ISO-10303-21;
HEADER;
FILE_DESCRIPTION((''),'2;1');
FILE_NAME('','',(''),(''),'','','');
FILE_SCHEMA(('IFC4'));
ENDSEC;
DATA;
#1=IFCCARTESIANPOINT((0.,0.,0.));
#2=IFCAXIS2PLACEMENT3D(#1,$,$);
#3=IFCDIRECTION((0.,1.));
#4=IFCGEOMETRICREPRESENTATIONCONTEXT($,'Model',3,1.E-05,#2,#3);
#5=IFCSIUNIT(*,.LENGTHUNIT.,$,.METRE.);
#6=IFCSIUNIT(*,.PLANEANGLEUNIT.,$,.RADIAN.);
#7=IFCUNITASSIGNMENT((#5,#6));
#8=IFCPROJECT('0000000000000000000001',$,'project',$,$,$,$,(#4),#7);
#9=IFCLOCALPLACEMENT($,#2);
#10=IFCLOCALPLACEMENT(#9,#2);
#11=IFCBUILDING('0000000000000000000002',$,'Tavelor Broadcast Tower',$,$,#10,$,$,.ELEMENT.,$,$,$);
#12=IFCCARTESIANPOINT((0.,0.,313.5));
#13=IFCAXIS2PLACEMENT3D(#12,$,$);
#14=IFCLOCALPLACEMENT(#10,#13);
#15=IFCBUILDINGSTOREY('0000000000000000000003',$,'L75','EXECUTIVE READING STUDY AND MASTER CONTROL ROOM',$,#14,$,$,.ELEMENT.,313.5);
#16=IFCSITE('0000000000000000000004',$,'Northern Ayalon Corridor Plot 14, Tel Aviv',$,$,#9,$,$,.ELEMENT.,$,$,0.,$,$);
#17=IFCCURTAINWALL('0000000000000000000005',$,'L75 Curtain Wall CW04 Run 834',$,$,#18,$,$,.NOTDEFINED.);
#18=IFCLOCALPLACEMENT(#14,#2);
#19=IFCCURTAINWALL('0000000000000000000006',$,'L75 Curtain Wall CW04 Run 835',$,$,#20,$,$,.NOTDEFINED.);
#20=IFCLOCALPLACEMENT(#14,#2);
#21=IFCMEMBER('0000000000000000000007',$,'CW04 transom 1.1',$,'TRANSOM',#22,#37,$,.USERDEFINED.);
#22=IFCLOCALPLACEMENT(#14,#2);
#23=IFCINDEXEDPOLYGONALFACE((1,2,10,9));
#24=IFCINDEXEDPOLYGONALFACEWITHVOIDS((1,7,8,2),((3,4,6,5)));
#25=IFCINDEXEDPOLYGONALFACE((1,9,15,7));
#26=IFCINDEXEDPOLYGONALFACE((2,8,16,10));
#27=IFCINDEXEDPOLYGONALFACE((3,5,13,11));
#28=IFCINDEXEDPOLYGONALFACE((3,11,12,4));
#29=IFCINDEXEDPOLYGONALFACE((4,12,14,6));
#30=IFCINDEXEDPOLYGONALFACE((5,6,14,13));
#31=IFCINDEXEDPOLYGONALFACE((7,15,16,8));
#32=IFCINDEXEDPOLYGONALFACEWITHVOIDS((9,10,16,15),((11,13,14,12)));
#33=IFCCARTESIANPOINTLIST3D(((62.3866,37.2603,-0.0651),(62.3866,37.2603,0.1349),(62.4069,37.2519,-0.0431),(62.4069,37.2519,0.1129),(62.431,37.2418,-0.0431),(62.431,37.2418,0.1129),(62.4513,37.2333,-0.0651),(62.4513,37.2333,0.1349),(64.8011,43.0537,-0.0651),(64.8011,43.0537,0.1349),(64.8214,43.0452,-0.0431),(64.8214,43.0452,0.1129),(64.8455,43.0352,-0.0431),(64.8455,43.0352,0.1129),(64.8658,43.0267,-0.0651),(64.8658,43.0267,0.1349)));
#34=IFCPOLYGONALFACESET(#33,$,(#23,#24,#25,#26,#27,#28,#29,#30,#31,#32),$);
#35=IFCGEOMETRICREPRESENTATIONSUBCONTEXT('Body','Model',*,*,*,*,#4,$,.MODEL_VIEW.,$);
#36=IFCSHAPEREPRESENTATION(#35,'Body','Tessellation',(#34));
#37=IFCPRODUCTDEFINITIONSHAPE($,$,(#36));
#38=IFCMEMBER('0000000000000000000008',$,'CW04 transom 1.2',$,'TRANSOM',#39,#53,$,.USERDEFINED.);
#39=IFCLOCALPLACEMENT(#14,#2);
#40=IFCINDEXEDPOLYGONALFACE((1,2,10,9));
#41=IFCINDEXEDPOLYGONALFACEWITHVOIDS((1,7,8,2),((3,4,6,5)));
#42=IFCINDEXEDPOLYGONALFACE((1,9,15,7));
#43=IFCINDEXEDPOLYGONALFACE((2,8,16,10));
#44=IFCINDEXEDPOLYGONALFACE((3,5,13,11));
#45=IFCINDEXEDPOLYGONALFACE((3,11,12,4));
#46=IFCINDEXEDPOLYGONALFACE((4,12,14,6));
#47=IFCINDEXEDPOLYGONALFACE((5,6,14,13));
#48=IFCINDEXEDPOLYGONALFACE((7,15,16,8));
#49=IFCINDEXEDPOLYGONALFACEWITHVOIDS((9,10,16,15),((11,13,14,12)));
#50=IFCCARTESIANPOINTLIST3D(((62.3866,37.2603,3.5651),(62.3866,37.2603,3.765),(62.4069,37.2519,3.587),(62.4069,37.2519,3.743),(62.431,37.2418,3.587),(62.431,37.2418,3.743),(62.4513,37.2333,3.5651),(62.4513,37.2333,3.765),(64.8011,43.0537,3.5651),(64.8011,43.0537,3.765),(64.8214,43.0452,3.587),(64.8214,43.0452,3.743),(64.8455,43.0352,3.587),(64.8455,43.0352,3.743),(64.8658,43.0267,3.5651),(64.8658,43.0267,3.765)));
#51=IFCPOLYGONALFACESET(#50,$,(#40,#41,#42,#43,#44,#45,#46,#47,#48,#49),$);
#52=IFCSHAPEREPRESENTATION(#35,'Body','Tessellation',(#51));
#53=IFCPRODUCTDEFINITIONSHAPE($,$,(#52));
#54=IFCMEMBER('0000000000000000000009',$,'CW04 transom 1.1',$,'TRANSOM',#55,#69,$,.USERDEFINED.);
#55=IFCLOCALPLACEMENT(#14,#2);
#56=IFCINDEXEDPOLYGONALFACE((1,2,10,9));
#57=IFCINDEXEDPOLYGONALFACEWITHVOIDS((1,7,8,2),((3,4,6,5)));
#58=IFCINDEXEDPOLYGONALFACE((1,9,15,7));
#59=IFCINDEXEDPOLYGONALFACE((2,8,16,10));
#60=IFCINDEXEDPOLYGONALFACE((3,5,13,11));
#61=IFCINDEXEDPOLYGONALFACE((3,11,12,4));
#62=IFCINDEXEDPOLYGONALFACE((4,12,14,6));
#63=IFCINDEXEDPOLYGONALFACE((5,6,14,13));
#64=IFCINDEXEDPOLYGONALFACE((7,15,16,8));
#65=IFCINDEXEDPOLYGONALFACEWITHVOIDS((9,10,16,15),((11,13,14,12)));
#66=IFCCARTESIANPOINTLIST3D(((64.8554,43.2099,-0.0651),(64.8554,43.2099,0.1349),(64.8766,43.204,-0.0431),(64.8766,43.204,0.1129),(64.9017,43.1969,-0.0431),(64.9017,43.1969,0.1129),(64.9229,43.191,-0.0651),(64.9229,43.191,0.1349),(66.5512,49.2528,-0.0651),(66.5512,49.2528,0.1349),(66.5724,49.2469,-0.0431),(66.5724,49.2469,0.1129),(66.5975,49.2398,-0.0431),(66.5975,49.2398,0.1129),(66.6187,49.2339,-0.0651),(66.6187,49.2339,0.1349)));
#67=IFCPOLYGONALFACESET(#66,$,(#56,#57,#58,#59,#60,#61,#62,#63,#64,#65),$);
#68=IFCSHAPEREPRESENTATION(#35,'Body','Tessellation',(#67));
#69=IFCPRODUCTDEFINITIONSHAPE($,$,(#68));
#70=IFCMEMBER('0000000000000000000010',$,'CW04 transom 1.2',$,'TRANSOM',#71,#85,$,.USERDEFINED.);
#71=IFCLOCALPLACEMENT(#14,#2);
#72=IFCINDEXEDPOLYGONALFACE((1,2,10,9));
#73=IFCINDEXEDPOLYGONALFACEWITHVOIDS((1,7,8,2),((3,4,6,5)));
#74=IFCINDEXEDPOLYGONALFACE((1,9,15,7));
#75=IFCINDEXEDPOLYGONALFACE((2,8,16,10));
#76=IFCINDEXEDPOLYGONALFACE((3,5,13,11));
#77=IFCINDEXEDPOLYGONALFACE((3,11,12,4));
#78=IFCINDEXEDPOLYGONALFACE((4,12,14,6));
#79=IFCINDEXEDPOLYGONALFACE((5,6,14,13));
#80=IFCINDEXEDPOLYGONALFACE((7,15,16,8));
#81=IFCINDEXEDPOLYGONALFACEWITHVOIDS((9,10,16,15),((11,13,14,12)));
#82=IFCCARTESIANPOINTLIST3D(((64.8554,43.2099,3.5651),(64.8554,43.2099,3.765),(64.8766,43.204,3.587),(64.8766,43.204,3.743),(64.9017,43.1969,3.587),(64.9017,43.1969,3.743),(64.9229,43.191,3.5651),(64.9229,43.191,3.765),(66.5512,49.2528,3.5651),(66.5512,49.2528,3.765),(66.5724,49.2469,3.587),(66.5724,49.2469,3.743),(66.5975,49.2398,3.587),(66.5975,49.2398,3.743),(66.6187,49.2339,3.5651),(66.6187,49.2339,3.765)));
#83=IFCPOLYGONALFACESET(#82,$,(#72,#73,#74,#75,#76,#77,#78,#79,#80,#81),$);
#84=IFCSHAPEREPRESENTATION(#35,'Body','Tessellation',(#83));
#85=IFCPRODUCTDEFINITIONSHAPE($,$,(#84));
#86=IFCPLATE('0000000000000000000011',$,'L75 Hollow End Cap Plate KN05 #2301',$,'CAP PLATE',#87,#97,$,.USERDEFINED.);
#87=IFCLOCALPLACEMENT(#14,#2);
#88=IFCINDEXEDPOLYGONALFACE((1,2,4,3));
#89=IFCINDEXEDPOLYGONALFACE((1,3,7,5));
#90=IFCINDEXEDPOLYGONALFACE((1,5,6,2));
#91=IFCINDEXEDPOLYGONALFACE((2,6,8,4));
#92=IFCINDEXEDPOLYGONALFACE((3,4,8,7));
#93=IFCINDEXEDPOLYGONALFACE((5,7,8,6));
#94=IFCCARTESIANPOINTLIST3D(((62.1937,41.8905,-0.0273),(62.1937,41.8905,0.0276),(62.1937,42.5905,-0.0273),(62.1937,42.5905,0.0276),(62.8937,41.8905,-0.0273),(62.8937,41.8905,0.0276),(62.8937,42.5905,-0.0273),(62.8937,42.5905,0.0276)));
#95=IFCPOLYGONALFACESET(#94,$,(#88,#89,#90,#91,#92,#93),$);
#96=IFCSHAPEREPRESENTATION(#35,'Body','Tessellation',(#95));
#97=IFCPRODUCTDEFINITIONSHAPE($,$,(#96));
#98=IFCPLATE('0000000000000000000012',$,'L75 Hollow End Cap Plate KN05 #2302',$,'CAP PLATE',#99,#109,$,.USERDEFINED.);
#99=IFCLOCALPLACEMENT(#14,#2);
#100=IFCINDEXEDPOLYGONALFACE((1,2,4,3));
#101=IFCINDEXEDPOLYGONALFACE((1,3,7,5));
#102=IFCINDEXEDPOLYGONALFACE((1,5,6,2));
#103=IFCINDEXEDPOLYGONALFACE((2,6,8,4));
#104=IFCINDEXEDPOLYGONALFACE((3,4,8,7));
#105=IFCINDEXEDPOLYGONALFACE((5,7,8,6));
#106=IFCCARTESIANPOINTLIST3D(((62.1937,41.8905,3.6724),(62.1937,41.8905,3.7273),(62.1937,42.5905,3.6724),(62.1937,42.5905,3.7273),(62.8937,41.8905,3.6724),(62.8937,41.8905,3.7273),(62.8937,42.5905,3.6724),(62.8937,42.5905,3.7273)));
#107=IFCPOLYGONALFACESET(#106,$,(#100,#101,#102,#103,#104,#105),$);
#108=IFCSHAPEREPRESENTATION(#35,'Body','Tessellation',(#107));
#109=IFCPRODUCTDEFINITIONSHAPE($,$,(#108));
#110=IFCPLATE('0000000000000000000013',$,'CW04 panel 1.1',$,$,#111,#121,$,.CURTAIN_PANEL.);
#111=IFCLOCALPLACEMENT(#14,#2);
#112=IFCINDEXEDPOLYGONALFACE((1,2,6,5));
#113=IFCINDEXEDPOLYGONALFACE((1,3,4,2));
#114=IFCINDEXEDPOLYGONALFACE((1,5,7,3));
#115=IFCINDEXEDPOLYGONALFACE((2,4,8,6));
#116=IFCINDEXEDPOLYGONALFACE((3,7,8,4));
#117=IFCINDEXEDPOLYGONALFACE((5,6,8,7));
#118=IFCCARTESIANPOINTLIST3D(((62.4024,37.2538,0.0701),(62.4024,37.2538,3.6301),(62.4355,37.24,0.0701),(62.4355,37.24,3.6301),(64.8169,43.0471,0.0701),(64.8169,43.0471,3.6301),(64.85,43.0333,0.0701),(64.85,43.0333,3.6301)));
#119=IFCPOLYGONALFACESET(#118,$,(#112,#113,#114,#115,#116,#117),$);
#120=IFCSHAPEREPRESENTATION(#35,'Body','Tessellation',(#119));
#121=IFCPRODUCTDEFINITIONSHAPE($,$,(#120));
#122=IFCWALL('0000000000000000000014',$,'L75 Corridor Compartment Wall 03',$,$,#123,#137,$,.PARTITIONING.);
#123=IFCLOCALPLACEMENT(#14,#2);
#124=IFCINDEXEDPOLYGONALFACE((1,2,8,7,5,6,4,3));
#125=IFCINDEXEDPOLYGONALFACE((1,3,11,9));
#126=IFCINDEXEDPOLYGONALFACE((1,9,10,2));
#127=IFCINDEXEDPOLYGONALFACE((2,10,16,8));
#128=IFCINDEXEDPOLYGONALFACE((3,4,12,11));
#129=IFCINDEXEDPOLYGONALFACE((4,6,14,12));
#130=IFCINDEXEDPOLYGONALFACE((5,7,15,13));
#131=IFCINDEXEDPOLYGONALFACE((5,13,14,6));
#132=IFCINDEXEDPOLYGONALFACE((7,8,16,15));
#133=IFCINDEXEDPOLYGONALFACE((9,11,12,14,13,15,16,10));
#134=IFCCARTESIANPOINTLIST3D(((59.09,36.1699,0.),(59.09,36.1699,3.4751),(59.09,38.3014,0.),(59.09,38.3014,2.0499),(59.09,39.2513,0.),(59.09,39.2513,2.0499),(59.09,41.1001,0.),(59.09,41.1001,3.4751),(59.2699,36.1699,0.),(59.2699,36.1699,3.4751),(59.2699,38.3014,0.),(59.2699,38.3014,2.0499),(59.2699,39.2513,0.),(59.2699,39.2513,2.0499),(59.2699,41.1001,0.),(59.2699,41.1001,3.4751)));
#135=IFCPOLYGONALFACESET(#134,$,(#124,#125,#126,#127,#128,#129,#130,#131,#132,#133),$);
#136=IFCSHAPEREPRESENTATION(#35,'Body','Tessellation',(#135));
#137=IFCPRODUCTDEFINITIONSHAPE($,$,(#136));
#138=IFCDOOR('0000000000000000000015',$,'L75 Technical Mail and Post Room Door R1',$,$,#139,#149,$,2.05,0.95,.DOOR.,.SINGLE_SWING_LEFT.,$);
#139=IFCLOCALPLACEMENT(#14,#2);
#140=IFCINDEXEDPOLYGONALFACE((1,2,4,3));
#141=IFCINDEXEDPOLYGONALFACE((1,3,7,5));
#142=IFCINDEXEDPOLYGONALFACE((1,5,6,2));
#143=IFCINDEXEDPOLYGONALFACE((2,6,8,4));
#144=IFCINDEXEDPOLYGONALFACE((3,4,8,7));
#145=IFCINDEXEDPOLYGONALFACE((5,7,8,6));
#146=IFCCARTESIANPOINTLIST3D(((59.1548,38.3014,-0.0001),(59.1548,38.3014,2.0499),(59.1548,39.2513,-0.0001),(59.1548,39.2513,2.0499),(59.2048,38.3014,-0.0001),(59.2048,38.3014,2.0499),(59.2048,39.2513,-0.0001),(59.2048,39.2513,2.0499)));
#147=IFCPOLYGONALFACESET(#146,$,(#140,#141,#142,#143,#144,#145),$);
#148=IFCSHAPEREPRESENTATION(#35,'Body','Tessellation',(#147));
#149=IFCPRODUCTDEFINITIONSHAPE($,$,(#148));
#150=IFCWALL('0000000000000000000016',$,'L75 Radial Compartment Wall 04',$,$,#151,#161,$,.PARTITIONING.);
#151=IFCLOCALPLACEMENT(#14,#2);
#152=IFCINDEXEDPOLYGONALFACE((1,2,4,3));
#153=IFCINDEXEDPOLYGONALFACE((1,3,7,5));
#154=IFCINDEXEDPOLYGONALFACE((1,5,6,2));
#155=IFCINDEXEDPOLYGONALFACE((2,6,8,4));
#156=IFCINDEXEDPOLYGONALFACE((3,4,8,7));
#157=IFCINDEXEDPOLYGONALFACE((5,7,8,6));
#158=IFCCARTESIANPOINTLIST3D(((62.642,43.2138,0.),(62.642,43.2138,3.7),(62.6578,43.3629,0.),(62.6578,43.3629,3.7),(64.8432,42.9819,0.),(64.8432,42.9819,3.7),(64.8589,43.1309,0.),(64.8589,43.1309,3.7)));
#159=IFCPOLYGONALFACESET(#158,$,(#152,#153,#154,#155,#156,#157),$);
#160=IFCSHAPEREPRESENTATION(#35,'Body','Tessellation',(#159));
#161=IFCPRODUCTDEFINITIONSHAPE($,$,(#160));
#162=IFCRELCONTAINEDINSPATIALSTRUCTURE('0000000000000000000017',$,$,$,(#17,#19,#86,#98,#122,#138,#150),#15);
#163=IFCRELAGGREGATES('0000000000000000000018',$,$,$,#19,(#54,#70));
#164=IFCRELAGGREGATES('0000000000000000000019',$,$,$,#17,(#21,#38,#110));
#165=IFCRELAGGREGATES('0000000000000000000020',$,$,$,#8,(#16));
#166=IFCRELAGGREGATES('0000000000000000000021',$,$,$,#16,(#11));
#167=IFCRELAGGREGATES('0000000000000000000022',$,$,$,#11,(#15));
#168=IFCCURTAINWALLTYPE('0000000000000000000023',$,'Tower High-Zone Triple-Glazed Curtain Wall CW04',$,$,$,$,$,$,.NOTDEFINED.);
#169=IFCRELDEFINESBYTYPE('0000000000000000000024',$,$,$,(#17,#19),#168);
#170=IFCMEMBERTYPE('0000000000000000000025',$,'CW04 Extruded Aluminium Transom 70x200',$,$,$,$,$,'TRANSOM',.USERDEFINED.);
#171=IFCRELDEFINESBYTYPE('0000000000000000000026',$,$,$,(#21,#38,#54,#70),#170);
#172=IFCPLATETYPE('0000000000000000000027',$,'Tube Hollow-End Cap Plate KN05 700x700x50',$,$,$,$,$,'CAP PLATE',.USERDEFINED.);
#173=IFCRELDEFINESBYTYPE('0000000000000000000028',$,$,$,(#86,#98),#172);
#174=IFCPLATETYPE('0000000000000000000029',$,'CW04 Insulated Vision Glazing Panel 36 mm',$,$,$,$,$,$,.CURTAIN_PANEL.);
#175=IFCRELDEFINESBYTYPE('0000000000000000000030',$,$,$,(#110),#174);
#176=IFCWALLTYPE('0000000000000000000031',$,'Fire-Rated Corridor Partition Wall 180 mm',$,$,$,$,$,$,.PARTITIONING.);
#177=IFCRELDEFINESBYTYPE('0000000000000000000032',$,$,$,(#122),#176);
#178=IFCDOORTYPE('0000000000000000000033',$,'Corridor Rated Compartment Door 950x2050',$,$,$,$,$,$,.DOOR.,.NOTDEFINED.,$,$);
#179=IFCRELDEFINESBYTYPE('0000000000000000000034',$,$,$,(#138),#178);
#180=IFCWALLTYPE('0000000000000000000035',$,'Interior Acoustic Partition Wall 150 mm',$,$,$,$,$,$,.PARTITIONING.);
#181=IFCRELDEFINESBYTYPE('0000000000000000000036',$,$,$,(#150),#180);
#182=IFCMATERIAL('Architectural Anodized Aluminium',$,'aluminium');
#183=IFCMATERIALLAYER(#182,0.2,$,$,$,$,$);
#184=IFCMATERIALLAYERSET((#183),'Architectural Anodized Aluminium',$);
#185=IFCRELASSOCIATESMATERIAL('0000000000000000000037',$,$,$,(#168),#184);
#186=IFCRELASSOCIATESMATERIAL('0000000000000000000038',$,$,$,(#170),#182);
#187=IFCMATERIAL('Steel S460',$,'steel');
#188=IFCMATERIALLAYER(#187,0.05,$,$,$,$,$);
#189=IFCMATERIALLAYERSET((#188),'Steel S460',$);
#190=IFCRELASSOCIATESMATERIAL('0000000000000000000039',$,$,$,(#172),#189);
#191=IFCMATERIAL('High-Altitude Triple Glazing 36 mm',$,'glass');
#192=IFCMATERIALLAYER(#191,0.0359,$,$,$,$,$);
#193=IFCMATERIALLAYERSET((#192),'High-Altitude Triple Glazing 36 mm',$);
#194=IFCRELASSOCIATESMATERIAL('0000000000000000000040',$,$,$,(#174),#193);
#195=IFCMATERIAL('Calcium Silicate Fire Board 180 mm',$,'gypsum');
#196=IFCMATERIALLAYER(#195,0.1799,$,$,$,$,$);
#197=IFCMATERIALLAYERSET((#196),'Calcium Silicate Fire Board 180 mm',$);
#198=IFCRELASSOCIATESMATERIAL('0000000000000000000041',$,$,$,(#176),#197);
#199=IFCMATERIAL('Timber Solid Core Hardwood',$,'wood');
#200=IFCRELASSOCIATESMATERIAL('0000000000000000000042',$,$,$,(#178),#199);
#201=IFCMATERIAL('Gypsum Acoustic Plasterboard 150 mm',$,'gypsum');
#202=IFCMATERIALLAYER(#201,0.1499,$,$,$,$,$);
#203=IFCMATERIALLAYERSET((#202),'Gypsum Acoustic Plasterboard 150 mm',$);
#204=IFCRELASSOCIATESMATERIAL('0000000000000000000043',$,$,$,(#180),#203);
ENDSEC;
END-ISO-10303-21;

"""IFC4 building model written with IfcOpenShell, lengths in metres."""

from ifc_helpers import new_model, si_unit, direction, frame, frame_2d, origin, origin_2d, place, context, subcontext, project, spatial, rectangle, hollow_rectangle, extrude, source, transform, mapped, material, layer, layer_set, material_profile, profile_set, type_object, type_shapes, element, fill, aggregate, save


model = new_model("IFC4")

# Units and contexts
model_context = context("Model", 3, precision=1e-05, world=origin(), true_north=direction((0.0, 1.0)))
body_context = subcontext(model_context, "Body", "Model", "MODEL_VIEW")
ifc_project = project(units=[si_unit("LENGTHUNIT", "METRE"), si_unit("PLANEANGLEUNIT", "RADIAN")], contexts=[model_context])

# Site, building, storey
site_placement = place(None, origin())
site = spatial("IfcSite", under=ifc_project, at=site_placement, Name="Northern Ayalon Corridor Plot 14, Tel Aviv", CompositionType="ELEMENT", RefElevation=0.0)
building_placement = place(site_placement, origin())
building = spatial("IfcBuilding", under=site, at=building_placement, Name="Tavelor Broadcast Tower", CompositionType="ELEMENT")
storey_placement = place(building_placement, frame((0.0, 0.0, 313.5)))
storey = spatial("IfcBuildingStorey", under=building, at=storey_placement, Name="L75", Description="EXECUTIVE READING STUDY AND MASTER CONTROL ROOM", CompositionType="ELEMENT", Elevation=313.5)

# Shared definitions
ifc_material_1 = material(Name="Steel S460", Category="steel")

# Curtain walls
ifc_material_2 = material(Name="Architectural Anodized Aluminium", Category="aluminium")
ifc_layer_1 = layer(ifc_material_2, 0.2)
ifc_layer_set_1 = layer_set([ifc_layer_1], Name="Architectural Anodized Aluminium")
curtain_wall_type = type_object("IfcCurtainWallType", Name="Tower High-Zone Triple-Glazed Curtain Wall CW04", PredefinedType="NOTDEFINED", material=ifc_layer_set_1)
curtain_wall_1_placement = place(storey_placement, origin())
curtain_wall_1 = element("IfcCurtainWall", 1, at=curtain_wall_1_placement, inside=storey, type_object=curtain_wall_type, Name="L75 Curtain Wall CW04 Run 834", PredefinedType="NOTDEFINED")
curtain_wall_2_placement = place(storey_placement, origin())
curtain_wall_2 = element("IfcCurtainWall", 2, at=curtain_wall_2_placement, inside=storey, type_object=curtain_wall_type, Name="L75 Curtain Wall CW04 Run 835", PredefinedType="NOTDEFINED")

# Members
ifc_material_profile_1 = material_profile(ifc_material_2, hollow_rectangle(XDim=0.0701, YDim=0.2, WallThickness=0.022, at=origin_2d()), Name="RHS 70x200x22")
ifc_profile_set_1 = profile_set([ifc_material_profile_1], Name="Architectural Anodized Aluminium")
member_type_1 = type_object("IfcMemberType", Name="CW04 Extruded Aluminium Transom 70x200", ElementType="TRANSOM", PredefinedType="USERDEFINED", material=ifc_profile_set_1)
shared_shape_1 = source(origin(), body_context, "Body", "SweptSolid", [
    extrude(hollow_rectangle(XDim=0.0701, YDim=0.2, WallThickness=0.022, at=origin_2d()), origin(), (0.0, 0.0, 1.0), 6.2764),
])
type_shapes(member_type_1, [shared_shape_1])
member_1_placement = place(storey_placement, frame((62.4189, 37.2468, 0.0349), z_axis=(0.384698, 0.923042, 0.0), x_axis=(-0.923042, 0.384698, 0.0)))
member_1 = element("IfcMember", 3, at=member_1_placement, type_object=member_type_1, Name="CW04 transom 1.1", ObjectType="TRANSOM", PredefinedType="USERDEFINED", context=body_context, shape_type="MappedRepresentation", body=[
    mapped(shared_shape_1, transform((0.0, 0.0, 0.0), scale=1.0)),
])
member_2_placement = place(storey_placement, frame((62.4189, 37.2468, 3.665), z_axis=(0.384698, 0.923042, 0.0), x_axis=(-0.923042, 0.384698, 0.0)))
member_2 = element("IfcMember", 4, at=member_2_placement, type_object=member_type_1, Name="CW04 transom 1.2", ObjectType="TRANSOM", PredefinedType="USERDEFINED", context=body_context, shape_type="MappedRepresentation", body=[
    mapped(shared_shape_1, transform((0.0, 0.0, 0.0), scale=1.0)),
])
member_3_placement = place(storey_placement, frame((64.8892, 43.2004, 0.0349), z_axis=(0.270187, 0.962808, 0.0), x_axis=(-0.962808, 0.270187, 0.0)))
member_3 = element("IfcMember", 5, at=member_3_placement, type_object=member_type_1, Name="CW04 transom 1.1", ObjectType="TRANSOM", PredefinedType="USERDEFINED", context=body_context, shape_type="MappedRepresentation", body=[
    mapped(shared_shape_1, transform((0.0, 0.0, 0.0), scale=1.0)),
])
member_4_placement = place(storey_placement, frame((64.8892, 43.2004, 3.665), z_axis=(0.270187, 0.962808, 0.0), x_axis=(-0.962808, 0.270187, 0.0)))
member_4 = element("IfcMember", 6, at=member_4_placement, type_object=member_type_1, Name="CW04 transom 1.2", ObjectType="TRANSOM", PredefinedType="USERDEFINED", context=body_context, shape_type="MappedRepresentation", body=[
    mapped(shared_shape_1, transform((0.0, 0.0, 0.0), scale=1.0)),
])
aggregate(curtain_wall_2, [member_3, member_4])

# Plates
ifc_layer_2 = layer(ifc_material_1, 0.05)
ifc_layer_set_2 = layer_set([ifc_layer_2], Name="Steel S460")
plate_type_1 = type_object("IfcPlateType", Name="Tube Hollow-End Cap Plate KN05 700x700x50", ElementType="CAP PLATE", PredefinedType="USERDEFINED", material=ifc_layer_set_2)
shared_shape_2 = source(origin(), body_context, "Body", "SweptSolid", [
    extrude(rectangle(XDim=0.7, YDim=0.7, at=origin_2d()), origin(), (0.0, 0.0, 1.0), 0.0549),
])
type_shapes(plate_type_1, [shared_shape_2])
for number, where, z_axis, x_axis, name in (
    (7, (62.5437, 42.2405, -0.0273), (0.0, 0.0, 1.0), (1.0, 0.0, 0.0), "L75 Hollow End Cap Plate KN05 #2301"),
    (8, (62.5437, 42.2405, 3.6724), (0.0, 0.0, 1.0), (1.0, 0.0, 0.0), "L75 Hollow End Cap Plate KN05 #2302"),
):
    element("IfcPlate", number, at=place(storey_placement, frame(where, z_axis=z_axis, x_axis=x_axis)), inside=storey, type_object=plate_type_1, Name=name, ObjectType="CAP PLATE", PredefinedType="USERDEFINED", context=body_context, shape_type="MappedRepresentation", body=[
        mapped(shared_shape_2, transform((0.0, 0.0, 0.0), scale=1.0)),
    ])

# Plate
ifc_material_3 = material(Name="High-Altitude Triple Glazing 36 mm", Category="glass")
ifc_layer_3 = layer(ifc_material_3, 0.0359)
ifc_layer_set_3 = layer_set([ifc_layer_3], Name="High-Altitude Triple Glazing 36 mm")
plate_type_2 = type_object("IfcPlateType", Name="CW04 Insulated Vision Glazing Panel 36 mm", PredefinedType="CURTAIN_PANEL", material=ifc_layer_set_3)
shared_shape_3 = source(origin(), body_context, "Body", "SweptSolid", [
    extrude(rectangle(XDim=6.2764, YDim=0.0359, at=origin_2d()), origin(), (0.0, 0.0, 1.0), 3.5601),
])
type_shapes(plate_type_2, [shared_shape_3])
plate_placement = place(storey_placement, frame((63.6262, 40.1436, 0.0701), z_axis=(0.0, 0.0, 1.0), x_axis=(0.384694, 0.923044, 0.0)))
plate = element("IfcPlate", 9, at=plate_placement, type_object=plate_type_2, Name="CW04 panel 1.1", PredefinedType="CURTAIN_PANEL", context=body_context, shape_type="MappedRepresentation", body=[
    mapped(shared_shape_3, transform((0.0, 0.0, 0.0), scale=1.0)),
])
aggregate(curtain_wall_1, [member_1, member_2, plate])

# Wall, opening, door
ifc_material_4 = material(Name="Calcium Silicate Fire Board 180 mm", Category="gypsum")
ifc_layer_4 = layer(ifc_material_4, 0.1799)
ifc_layer_set_4 = layer_set([ifc_layer_4], Name="Calcium Silicate Fire Board 180 mm")
wall_type_1 = type_object("IfcWallType", Name="Fire-Rated Corridor Partition Wall 180 mm", PredefinedType="PARTITIONING", material=ifc_layer_set_4)
wall_1_placement = place(storey_placement, frame((59.1799, 41.1001, 0.0), z_axis=(0.0, 0.0, 1.0), x_axis=(0.0, -1.0, 0.0)))
wall_1 = element("IfcWall", 10, at=wall_1_placement, inside=storey, type_object=wall_type_1, Name="L75 Corridor Compartment Wall 03", PredefinedType="PARTITIONING", context=body_context, shape_type="SweptSolid", body=[
    extrude(rectangle(XDim=4.9302, YDim=0.1799, at=frame_2d((2.4651, 0.0))), origin(), (0.0, 0.0, 1.0), 3.4751),
])
opening_1_placement = place(wall_1_placement, frame((1.8486, 0.0, 0.0)))
opening_1 = element("IfcOpeningElement", 11, at=opening_1_placement, cuts=wall_1, PredefinedType="OPENING", context=body_context, shape_type="SweptSolid", body=[
    extrude(rectangle(XDim=0.95, YDim=2.05, at=frame_2d((0.4751, 1.0249))), frame((0.0, 0.1001, 0.0), z_axis=(0.0, -1.0, 0.0), x_axis=(1.0, 0.0, 0.0)), (0.0, 0.0, 1.0), 0.2),
])
ifc_material_5 = material(Name="Timber Solid Core Hardwood", Category="wood")
door_type_1 = type_object("IfcDoorType", Name="Corridor Rated Compartment Door 950x2050", OperationType="NOTDEFINED", PredefinedType="DOOR", material=ifc_material_5)
door_1_placement = place(opening_1_placement, origin())
door_1 = element("IfcDoor", 12, at=door_1_placement, inside=storey, type_object=door_type_1, Name="L75 Technical Mail and Post Room Door R1", OperationType="SINGLE_SWING_LEFT", OverallHeight=2.05, OverallWidth=0.95, PredefinedType="DOOR", context=body_context, shape_type="SweptSolid", body=[
    extrude(rectangle(XDim=0.95, YDim=2.05, at=frame_2d((0.4751, 1.0249))), frame((0.0, 0.0249, 0.0), z_axis=(0.0, -1.0, 0.0), x_axis=(1.0, 0.0, 0.0)), (0.0, 0.0, 1.0), 0.05),
])
fill(opening_1, door_1)

# Wall
ifc_material_6 = material(Name="Gypsum Acoustic Plasterboard 150 mm", Category="gypsum")
ifc_layer_5 = layer(ifc_material_6, 0.1499)
ifc_layer_set_5 = layer_set([ifc_layer_5], Name="Gypsum Acoustic Plasterboard 150 mm")
wall_type_2 = type_object("IfcWallType", Name="Interior Acoustic Partition Wall 150 mm", PredefinedType="PARTITIONING", material=ifc_layer_set_5)
wall_2_placement = place(storey_placement, frame((62.6499, 43.2883, 0.0), z_axis=(0.0, 0.0, 1.0), x_axis=(0.994495, -0.104788, 0.0)))
element("IfcWall", 13, at=wall_2_placement, inside=storey, type_object=wall_type_2, Name="L75 Radial Compartment Wall 04", PredefinedType="PARTITIONING", context=body_context, shape_type="SweptSolid", body=[
    extrude(rectangle(XDim=2.2134, YDim=0.1499, at=frame_2d((1.1067, 0.0))), origin(), (0.0, 0.0, 1.0), 3.7),
])

save(model, "model.ifc")
